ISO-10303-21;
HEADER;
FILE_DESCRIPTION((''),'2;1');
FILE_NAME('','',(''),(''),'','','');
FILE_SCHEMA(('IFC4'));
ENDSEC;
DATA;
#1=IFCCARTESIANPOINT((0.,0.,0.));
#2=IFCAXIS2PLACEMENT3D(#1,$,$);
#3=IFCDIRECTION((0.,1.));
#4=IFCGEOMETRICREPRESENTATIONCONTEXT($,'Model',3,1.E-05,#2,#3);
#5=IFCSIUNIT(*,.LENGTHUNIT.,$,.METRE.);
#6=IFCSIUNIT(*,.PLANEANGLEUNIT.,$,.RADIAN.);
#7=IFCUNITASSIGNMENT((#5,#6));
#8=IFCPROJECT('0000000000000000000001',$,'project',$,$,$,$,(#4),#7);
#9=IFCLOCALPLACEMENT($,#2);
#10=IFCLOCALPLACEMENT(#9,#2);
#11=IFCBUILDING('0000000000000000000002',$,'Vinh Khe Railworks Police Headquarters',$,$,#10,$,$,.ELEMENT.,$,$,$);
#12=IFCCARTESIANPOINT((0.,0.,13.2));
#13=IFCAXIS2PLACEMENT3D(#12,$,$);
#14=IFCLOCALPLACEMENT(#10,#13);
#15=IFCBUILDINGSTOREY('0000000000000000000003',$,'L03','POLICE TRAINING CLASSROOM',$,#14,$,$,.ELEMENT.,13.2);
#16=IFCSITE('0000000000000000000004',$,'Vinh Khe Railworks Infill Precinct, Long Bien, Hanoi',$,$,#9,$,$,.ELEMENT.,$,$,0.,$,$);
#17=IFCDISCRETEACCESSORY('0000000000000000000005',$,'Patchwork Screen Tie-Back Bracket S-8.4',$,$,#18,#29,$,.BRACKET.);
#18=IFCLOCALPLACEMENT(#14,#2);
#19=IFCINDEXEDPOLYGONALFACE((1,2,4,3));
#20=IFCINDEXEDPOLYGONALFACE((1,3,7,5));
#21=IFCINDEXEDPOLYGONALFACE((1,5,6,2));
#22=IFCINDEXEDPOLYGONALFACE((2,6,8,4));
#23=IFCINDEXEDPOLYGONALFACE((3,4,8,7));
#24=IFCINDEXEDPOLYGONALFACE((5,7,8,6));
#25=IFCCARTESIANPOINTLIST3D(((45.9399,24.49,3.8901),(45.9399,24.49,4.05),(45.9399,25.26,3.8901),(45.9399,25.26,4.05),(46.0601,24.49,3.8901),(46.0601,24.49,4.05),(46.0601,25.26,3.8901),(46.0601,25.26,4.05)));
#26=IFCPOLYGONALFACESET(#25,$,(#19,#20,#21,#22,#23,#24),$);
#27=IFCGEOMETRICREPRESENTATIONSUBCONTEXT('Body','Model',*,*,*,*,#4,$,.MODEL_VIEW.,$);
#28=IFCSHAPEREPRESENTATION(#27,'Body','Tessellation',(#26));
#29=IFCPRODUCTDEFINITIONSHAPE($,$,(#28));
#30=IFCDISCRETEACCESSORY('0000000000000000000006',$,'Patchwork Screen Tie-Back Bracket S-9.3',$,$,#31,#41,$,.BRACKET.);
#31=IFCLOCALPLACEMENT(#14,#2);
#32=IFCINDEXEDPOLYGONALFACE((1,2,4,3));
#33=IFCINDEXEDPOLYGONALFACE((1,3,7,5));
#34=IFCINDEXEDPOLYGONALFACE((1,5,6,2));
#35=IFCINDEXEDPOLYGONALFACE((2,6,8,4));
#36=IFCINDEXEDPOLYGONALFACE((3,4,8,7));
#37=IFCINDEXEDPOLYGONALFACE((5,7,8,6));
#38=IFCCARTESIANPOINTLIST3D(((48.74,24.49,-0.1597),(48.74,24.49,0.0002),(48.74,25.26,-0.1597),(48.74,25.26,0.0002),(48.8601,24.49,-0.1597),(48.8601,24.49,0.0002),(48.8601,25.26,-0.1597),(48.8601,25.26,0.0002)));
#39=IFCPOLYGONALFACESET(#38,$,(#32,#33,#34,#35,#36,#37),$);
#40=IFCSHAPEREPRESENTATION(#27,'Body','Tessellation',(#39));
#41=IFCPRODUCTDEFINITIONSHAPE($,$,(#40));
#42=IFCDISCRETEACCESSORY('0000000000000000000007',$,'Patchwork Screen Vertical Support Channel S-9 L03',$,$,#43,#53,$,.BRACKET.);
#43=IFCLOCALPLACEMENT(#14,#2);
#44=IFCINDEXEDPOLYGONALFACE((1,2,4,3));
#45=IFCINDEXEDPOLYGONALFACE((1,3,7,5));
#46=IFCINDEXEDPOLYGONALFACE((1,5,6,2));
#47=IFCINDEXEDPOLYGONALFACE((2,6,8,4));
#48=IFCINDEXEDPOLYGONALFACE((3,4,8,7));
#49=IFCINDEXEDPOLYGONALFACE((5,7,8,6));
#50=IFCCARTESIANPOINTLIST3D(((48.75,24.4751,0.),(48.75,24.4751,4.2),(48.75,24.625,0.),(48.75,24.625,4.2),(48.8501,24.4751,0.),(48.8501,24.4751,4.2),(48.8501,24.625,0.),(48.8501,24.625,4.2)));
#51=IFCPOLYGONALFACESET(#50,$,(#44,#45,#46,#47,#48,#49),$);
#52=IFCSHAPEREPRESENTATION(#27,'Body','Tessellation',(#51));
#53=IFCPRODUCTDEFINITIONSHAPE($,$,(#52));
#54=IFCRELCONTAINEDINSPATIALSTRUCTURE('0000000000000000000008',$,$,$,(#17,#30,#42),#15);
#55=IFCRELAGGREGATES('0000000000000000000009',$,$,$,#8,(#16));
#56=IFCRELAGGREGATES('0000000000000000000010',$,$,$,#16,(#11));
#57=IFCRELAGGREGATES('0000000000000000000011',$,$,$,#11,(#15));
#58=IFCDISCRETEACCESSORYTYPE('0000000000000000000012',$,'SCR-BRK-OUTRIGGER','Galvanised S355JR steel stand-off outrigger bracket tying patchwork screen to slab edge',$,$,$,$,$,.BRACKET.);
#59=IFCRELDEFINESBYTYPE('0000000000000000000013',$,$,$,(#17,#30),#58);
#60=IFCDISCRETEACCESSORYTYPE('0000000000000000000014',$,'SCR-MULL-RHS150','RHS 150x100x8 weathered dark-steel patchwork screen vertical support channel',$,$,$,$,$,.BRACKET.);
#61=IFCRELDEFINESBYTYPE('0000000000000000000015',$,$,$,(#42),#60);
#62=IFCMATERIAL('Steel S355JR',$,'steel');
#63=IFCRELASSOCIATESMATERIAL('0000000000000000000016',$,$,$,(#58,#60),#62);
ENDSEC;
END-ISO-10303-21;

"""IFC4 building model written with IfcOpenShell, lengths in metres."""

from ifc_helpers import new_model, si_unit, direction, frame, origin, origin_2d, place, context, subcontext, project, spatial, rectangle, extrude, material, type_object, element, save


model = new_model("IFC4")

# Units and contexts
model_context = context("Model", 3, precision=1e-05, world=origin(), true_north=direction((0.0, 1.0)))
body_context = subcontext(model_context, "Body", "Model", "MODEL_VIEW")
ifc_project = project(units=[si_unit("LENGTHUNIT", "METRE"), si_unit("PLANEANGLEUNIT", "RADIAN")], contexts=[model_context])

# Site, building, storey
site_placement = place(None, origin())
site = spatial("IfcSite", under=ifc_project, at=site_placement, Name="Vinh Khe Railworks Infill Precinct, Long Bien, Hanoi", CompositionType="ELEMENT", RefElevation=0.0)
building_placement = place(site_placement, origin())
building = spatial("IfcBuilding", under=site, at=building_placement, Name="Vinh Khe Railworks Police Headquarters", CompositionType="ELEMENT")
storey_placement = place(building_placement, frame((0.0, 0.0, 13.2)))
storey = spatial("IfcBuildingStorey", under=building, at=storey_placement, Name="L03", Description="POLICE TRAINING CLASSROOM", CompositionType="ELEMENT", Elevation=13.2)

# Shared definitions
ifc_material_1 = material(Name="Steel S355JR", Category="steel")

# Discrete accessories
discrete_accessory_type_1 = type_object("IfcDiscreteAccessoryType", Name="SCR-BRK-OUTRIGGER", Description="Galvanised S355JR steel stand-off outrigger bracket tying patchwork screen to slab edge", PredefinedType="BRACKET", material=ifc_material_1)
for number, where, z_axis, x_axis, name in (
    (1, (46.0, 24.875, 3.8901), (0.0, 0.0, 1.0), (1.0, 0.0, 0.0), "Patchwork Screen Tie-Back Bracket S-8.4"),
    (2, (48.8, 24.875, -0.1597), (0.0, 0.0, 1.0), (1.0, 0.0, 0.0), "Patchwork Screen Tie-Back Bracket S-9.3"),
):
    element("IfcDiscreteAccessory", number, at=place(storey_placement, frame(where, z_axis=z_axis, x_axis=x_axis)), inside=storey, type_object=discrete_accessory_type_1, Name=name, PredefinedType="BRACKET", context=body_context, shape_type="SweptSolid", body=[
        extrude(rectangle(XDim=0.1201, YDim=0.77, at=origin_2d()), origin(), (0.0, 0.0, 1.0), 0.1599),
    ])
discrete_accessory_type_2 = type_object("IfcDiscreteAccessoryType", Name="SCR-MULL-RHS150", Description="RHS 150x100x8 weathered dark-steel patchwork screen vertical support channel", PredefinedType="BRACKET", material=ifc_material_1)
discrete_accessory_placement = place(storey_placement, frame((48.8, 24.55, 0.0), z_axis=(0.0, 0.0, 1.0), x_axis=(1.0, 0.0, 0.0)))
element("IfcDiscreteAccessory", 3, at=discrete_accessory_placement, inside=storey, type_object=discrete_accessory_type_2, Name="Patchwork Screen Vertical Support Channel S-9 L03", PredefinedType="BRACKET", context=body_context, shape_type="SweptSolid", body=[
    extrude(rectangle(XDim=0.1001, YDim=0.1499, at=origin_2d()), origin(), (0.0, 0.0, 1.0), 4.2),
])

save(model, "model.ifc")
